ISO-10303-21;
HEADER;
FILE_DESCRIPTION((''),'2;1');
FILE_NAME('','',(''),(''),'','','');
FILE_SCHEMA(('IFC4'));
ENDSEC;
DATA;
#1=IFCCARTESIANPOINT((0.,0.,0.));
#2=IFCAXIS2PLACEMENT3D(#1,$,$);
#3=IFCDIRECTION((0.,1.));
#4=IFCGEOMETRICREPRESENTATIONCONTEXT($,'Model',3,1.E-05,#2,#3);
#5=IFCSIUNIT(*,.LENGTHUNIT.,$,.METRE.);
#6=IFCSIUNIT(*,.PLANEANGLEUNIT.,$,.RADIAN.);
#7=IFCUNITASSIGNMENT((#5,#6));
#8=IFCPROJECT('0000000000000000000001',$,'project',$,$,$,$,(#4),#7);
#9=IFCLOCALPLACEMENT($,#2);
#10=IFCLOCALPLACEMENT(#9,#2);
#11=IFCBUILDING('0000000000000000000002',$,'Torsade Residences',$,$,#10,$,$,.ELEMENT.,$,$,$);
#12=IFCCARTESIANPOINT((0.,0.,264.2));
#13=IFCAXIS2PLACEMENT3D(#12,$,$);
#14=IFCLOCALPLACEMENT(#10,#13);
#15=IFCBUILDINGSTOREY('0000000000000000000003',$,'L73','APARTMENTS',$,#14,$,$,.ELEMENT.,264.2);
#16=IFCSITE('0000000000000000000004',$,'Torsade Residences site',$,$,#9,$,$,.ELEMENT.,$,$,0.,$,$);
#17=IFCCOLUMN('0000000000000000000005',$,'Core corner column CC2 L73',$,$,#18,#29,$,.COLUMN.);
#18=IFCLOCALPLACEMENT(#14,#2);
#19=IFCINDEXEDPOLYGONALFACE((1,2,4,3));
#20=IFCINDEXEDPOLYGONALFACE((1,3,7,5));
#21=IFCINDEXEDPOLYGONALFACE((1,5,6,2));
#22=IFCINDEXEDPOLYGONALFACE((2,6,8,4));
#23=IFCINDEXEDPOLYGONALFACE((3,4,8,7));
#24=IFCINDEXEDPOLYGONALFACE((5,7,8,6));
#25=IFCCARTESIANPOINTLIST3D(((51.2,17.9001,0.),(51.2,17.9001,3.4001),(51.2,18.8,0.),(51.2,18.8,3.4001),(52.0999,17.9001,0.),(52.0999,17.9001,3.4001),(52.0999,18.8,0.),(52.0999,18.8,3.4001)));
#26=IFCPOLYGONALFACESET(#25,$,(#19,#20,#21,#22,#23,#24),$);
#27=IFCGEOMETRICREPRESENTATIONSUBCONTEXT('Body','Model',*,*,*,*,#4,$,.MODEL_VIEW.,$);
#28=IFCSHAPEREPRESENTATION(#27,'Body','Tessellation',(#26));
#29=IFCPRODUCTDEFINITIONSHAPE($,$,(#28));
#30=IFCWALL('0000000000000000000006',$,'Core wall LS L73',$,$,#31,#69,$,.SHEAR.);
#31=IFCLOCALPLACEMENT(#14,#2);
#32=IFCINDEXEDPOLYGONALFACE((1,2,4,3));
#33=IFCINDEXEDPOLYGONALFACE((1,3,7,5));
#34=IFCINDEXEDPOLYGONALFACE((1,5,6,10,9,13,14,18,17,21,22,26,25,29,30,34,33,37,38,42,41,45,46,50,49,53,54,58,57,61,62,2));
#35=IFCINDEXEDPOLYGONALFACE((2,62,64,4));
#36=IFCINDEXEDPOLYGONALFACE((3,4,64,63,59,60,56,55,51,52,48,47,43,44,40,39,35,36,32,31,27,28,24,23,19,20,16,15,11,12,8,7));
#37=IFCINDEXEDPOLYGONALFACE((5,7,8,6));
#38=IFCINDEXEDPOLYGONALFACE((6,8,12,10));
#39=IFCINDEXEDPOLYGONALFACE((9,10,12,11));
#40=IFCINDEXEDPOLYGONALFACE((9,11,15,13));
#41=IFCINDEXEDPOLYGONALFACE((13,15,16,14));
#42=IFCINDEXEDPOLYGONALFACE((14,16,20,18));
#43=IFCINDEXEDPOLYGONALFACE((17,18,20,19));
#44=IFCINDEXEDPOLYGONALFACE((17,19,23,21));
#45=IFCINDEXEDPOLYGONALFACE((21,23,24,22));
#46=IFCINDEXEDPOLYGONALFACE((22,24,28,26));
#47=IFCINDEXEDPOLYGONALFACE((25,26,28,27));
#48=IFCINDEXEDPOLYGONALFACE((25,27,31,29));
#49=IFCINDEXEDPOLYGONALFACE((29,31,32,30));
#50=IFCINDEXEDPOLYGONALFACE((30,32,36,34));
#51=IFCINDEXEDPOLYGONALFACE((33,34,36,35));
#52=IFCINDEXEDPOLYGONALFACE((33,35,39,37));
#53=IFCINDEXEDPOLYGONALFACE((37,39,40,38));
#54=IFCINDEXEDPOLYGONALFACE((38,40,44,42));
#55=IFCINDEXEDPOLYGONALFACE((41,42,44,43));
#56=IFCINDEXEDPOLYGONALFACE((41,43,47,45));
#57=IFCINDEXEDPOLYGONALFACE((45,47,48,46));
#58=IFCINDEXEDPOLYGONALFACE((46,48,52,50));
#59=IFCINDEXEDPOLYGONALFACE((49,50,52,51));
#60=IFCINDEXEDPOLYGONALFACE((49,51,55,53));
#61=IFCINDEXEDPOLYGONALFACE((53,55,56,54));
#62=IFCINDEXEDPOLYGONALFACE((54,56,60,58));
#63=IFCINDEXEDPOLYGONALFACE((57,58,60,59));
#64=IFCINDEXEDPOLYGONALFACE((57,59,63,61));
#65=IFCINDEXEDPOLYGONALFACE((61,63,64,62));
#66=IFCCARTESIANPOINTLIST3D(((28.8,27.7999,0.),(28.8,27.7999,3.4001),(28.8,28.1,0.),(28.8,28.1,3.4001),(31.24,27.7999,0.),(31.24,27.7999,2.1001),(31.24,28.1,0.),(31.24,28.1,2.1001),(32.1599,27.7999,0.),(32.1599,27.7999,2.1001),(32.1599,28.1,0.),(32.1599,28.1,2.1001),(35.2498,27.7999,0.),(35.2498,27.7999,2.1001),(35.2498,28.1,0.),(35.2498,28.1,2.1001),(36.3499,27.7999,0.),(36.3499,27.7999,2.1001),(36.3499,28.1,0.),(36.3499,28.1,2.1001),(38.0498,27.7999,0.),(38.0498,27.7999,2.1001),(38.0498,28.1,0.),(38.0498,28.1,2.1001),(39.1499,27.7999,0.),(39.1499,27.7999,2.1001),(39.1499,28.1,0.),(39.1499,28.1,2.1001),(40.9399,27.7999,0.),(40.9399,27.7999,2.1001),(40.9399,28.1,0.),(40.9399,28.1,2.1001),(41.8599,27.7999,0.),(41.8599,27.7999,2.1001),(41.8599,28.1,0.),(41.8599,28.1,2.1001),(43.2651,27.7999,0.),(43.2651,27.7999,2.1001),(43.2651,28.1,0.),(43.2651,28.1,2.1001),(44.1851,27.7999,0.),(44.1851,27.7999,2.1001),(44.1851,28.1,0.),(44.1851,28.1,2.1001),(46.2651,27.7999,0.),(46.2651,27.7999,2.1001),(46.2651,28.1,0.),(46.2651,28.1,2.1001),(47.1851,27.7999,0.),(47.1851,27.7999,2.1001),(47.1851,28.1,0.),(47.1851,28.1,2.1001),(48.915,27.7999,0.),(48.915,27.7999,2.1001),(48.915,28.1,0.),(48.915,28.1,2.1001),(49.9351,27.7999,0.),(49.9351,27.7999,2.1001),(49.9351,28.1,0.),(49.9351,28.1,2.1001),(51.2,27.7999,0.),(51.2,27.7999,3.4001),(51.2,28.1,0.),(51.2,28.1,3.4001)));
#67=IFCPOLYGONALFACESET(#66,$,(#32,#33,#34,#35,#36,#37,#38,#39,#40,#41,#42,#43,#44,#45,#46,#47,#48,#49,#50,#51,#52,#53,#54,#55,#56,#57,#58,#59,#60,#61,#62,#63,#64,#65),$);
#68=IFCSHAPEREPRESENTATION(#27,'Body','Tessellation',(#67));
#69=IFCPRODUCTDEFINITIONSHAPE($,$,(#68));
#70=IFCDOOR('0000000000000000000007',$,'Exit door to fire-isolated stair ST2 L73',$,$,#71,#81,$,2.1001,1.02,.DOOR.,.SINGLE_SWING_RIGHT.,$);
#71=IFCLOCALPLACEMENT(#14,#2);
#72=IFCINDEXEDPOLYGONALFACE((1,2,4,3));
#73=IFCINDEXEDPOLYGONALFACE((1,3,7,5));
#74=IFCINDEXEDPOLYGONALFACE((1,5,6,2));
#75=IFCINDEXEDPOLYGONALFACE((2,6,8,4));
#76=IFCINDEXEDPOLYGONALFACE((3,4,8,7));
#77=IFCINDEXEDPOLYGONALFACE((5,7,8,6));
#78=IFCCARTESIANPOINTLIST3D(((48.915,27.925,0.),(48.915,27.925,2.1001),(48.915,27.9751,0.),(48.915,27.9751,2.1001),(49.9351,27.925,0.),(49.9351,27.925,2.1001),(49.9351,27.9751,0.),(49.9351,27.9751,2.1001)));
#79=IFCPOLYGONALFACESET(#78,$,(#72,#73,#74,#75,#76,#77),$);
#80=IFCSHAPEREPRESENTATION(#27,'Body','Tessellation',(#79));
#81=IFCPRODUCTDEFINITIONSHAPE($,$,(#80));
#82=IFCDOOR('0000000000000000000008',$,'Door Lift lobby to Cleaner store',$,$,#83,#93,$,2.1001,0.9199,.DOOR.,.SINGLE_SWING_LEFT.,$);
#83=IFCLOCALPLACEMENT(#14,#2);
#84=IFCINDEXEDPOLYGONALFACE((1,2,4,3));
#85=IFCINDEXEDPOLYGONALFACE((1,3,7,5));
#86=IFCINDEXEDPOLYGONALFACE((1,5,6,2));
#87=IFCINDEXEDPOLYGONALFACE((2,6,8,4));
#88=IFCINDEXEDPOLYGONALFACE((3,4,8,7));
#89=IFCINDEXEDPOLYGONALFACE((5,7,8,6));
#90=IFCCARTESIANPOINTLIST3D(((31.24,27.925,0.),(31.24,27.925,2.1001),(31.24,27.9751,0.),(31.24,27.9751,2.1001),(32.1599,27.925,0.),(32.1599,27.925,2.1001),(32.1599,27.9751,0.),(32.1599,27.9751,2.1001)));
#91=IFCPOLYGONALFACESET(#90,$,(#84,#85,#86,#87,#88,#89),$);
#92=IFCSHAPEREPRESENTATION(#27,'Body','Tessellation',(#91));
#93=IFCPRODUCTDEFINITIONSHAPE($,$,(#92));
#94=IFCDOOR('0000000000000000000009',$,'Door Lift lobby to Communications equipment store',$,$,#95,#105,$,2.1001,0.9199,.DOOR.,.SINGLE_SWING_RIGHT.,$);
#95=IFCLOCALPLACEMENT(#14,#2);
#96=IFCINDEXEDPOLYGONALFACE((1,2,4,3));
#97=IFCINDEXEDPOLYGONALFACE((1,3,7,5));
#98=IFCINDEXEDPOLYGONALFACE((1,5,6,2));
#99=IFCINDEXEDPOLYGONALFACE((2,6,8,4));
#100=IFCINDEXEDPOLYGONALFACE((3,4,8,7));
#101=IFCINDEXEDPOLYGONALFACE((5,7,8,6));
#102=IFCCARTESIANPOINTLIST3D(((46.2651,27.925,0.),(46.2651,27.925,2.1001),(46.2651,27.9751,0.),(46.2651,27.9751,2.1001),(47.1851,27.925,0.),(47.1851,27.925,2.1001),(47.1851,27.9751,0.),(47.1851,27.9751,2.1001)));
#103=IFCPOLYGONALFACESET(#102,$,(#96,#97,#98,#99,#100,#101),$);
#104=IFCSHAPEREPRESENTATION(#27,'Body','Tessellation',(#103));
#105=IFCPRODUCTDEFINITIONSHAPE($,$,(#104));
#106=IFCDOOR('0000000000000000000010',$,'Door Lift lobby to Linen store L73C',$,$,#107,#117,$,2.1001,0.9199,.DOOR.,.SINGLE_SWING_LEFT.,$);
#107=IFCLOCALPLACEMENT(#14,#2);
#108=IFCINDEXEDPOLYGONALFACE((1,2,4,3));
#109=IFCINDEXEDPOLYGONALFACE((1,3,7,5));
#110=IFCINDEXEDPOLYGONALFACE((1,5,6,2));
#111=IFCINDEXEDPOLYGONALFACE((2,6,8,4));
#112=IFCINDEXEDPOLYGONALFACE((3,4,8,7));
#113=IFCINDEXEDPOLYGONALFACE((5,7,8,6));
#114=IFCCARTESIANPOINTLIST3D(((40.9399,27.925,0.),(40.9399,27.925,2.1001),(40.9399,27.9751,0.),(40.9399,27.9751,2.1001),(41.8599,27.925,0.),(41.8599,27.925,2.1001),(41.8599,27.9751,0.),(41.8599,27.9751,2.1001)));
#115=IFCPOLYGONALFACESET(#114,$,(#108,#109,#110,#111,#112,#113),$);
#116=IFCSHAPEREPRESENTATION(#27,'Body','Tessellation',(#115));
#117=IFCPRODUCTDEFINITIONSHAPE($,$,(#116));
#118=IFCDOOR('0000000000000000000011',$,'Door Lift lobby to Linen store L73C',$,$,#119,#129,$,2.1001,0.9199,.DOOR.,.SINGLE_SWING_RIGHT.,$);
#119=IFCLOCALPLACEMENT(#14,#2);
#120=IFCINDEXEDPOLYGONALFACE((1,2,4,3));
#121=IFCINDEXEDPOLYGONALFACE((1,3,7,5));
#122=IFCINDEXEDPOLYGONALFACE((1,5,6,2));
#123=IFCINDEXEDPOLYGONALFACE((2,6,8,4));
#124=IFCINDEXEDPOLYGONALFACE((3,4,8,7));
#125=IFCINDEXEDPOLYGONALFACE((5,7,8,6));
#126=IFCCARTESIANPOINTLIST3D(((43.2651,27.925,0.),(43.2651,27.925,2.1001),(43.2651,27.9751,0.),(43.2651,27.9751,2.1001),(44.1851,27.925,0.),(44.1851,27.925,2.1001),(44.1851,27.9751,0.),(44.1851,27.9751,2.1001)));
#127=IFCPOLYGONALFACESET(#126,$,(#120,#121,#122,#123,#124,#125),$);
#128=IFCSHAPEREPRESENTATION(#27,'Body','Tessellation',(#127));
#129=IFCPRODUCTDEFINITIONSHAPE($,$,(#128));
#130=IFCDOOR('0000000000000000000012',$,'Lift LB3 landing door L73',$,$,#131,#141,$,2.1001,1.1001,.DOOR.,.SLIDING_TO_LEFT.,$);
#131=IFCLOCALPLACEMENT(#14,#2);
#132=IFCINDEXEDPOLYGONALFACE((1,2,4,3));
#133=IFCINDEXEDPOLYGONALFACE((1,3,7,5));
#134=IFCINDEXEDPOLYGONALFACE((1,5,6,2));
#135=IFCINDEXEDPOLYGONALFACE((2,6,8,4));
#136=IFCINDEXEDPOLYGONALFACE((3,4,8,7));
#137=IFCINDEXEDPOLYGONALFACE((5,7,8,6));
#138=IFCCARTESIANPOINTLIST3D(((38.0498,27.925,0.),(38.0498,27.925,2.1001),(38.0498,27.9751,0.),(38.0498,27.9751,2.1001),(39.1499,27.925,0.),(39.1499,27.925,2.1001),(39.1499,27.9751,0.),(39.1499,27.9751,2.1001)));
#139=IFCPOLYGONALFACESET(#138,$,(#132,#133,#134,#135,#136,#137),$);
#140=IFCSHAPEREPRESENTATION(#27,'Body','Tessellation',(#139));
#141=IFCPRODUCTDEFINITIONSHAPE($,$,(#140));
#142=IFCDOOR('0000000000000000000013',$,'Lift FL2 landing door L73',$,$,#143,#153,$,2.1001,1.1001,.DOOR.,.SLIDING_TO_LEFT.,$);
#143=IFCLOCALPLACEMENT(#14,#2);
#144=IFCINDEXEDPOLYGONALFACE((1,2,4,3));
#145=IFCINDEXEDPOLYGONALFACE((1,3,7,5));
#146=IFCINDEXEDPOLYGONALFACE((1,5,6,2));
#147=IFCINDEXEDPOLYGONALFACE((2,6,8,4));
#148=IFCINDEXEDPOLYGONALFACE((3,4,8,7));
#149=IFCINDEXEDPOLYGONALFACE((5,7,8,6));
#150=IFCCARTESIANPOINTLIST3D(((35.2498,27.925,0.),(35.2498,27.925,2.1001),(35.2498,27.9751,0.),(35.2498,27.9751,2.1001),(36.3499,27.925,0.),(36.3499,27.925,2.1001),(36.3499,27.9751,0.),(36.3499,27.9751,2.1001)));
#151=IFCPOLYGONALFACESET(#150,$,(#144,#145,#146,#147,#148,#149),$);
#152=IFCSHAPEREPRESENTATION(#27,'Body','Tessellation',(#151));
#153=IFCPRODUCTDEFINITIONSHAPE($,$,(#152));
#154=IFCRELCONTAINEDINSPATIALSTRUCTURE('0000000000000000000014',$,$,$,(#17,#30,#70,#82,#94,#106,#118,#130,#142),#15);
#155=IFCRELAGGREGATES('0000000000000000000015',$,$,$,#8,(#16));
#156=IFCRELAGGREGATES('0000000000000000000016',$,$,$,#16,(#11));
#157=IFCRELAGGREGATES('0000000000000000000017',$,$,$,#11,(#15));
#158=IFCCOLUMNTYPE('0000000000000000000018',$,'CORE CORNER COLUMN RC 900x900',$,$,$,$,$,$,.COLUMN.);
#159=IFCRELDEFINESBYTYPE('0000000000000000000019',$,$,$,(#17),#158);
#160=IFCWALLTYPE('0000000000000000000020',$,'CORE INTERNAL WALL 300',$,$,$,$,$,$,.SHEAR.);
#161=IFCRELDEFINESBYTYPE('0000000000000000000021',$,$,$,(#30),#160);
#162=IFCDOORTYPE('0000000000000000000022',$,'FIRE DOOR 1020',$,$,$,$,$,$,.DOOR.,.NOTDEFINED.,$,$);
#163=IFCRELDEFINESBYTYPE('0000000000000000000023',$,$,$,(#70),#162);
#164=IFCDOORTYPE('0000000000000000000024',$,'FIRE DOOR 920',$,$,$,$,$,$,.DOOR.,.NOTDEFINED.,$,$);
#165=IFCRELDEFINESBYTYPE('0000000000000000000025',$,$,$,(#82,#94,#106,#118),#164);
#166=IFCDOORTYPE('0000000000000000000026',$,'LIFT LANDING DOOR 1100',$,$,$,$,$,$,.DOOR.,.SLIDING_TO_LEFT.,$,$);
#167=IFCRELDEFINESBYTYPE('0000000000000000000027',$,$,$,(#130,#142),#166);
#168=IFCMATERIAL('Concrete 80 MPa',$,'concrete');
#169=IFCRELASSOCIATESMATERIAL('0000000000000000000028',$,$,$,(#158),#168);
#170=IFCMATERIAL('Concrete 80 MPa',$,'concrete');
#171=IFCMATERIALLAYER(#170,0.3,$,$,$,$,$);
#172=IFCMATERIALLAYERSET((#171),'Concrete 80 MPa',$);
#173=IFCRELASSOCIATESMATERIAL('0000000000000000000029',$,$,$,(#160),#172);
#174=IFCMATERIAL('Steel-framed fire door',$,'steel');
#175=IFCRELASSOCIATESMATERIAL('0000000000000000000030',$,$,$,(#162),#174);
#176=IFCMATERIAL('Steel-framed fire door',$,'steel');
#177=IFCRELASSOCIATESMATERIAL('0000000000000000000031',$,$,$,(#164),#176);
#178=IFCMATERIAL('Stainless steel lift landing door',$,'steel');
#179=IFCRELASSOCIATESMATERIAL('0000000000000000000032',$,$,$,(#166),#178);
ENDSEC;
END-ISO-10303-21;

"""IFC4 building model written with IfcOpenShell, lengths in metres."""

from ifc_helpers import new_model, si_unit, direction, frame, frame_2d, origin, origin_2d, place, context, subcontext, project, spatial, rectangle, extrude, material, layer, layer_set, material_profile, profile_set, type_object, element, fill, save


model = new_model("IFC4")

# Units and contexts
model_context = context("Model", 3, precision=1e-05, world=origin(), true_north=direction((0.0, 1.0)))
body_context = subcontext(model_context, "Body", "Model", "MODEL_VIEW")
ifc_project = project(units=[si_unit("LENGTHUNIT", "METRE"), si_unit("PLANEANGLEUNIT", "RADIAN")], contexts=[model_context])

# Site, building, storey
site_placement = place(None, origin())
site = spatial("IfcSite", under=ifc_project, at=site_placement, Name="Torsade Residences site", CompositionType="ELEMENT", RefElevation=0.0)
building_placement = place(site_placement, origin())
building = spatial("IfcBuilding", under=site, at=building_placement, Name="Torsade Residences", CompositionType="ELEMENT")
storey_placement = place(building_placement, frame((0.0, 0.0, 264.2)))
storey = spatial("IfcBuildingStorey", under=building, at=storey_placement, Name="L73", Description="APARTMENTS", CompositionType="ELEMENT", Elevation=264.2)

# Column
ifc_material_1 = material(Name="Concrete 80 MPa", Category="concrete")
ifc_material_profile = material_profile(ifc_material_1, rectangle(XDim=0.8999, YDim=0.8999, at=origin_2d()), Name="RC 900x900")
ifc_profile_set = profile_set([ifc_material_profile], Name="Concrete 80 MPa")
column_type = type_object("IfcColumnType", Name="CORE CORNER COLUMN RC 900x900", PredefinedType="COLUMN", material=ifc_profile_set)
column_placement = place(storey_placement, frame((51.6499, 18.3501, 0.0), z_axis=(0.0, 0.0, 1.0), x_axis=(1.0, 0.0, 0.0)))
element("IfcColumn", 1, at=column_placement, inside=storey, type_object=column_type, Name="Core corner column CC2 L73", PredefinedType="COLUMN", context=body_context, shape_type="SweptSolid", body=[
    extrude(rectangle(XDim=0.8999, YDim=0.8999, at=origin_2d()), origin(), (0.0, 0.0, 1.0), 3.4001),
])

# Wall, openings, doors
ifc_material_2 = material(Name="Concrete 80 MPa", Category="concrete")
ifc_layer_1 = layer(ifc_material_2, 0.3)
ifc_layer_set_1 = layer_set([ifc_layer_1], Name="Concrete 80 MPa")
wall_type_1 = type_object("IfcWallType", Name="CORE INTERNAL WALL 300", PredefinedType="SHEAR", material=ifc_layer_set_1)
wall_1_placement = place(storey_placement, frame((51.2, 27.95, 0.0), z_axis=(0.0, 0.0, 1.0), x_axis=(-1.0, 0.0, 0.0)))
wall_1 = element("IfcWall", 2, at=wall_1_placement, inside=storey, type_object=wall_type_1, Name="Core wall LS L73", PredefinedType="SHEAR", context=body_context, shape_type="SweptSolid", body=[
    extrude(rectangle(XDim=22.3999, YDim=0.3, at=frame_2d((11.2, 0.0))), origin(), (0.0, 0.0, 1.0), 3.4001),
])
opening_1_placement = place(wall_1_placement, frame((19.04, 0.0, 0.0)))
opening_1 = element("IfcOpeningElement", 3, at=opening_1_placement, cuts=wall_1, PredefinedType="OPENING", context=body_context, shape_type="SweptSolid", body=[
    extrude(rectangle(XDim=0.9199, YDim=2.1001, at=frame_2d((0.46, 1.05))), frame((0.0, 0.1599, 0.0), z_axis=(0.0, -1.0, 0.0), x_axis=(1.0, 0.0, 0.0)), (0.0, 0.0, 1.0), 0.3201),
])
opening_2_placement = place(wall_1_placement, frame((1.2649, 0.0, 0.0)))
opening_2 = element("IfcOpeningElement", 4, at=opening_2_placement, cuts=wall_1, PredefinedType="OPENING", context=body_context, shape_type="SweptSolid", body=[
    extrude(rectangle(XDim=1.02, YDim=2.1001, at=frame_2d((0.51, 1.05))), frame((0.0, 0.1599, 0.0), z_axis=(0.0, -1.0, 0.0), x_axis=(1.0, 0.0, 0.0)), (0.0, 0.0, 1.0), 0.3201),
])
opening_3_placement = place(wall_1_placement, frame((4.0149, 0.0, 0.0)))
opening_3 = element("IfcOpeningElement", 5, at=opening_3_placement, cuts=wall_1, PredefinedType="OPENING", context=body_context, shape_type="SweptSolid", body=[
    extrude(rectangle(XDim=0.9199, YDim=2.1001, at=frame_2d((0.46, 1.05))), frame((0.0, 0.1599, 0.0), z_axis=(0.0, -1.0, 0.0), x_axis=(1.0, 0.0, 0.0)), (0.0, 0.0, 1.0), 0.3201),
])
opening_4_placement = place(wall_1_placement, frame((9.3401, 0.0, 0.0)))
opening_4 = element("IfcOpeningElement", 6, at=opening_4_placement, cuts=wall_1, PredefinedType="OPENING", context=body_context, shape_type="SweptSolid", body=[
    extrude(rectangle(XDim=0.9199, YDim=2.1001, at=frame_2d((0.46, 1.05))), frame((0.0, 0.1599, 0.0), z_axis=(0.0, -1.0, 0.0), x_axis=(1.0, 0.0, 0.0)), (0.0, 0.0, 1.0), 0.3201),
])
opening_5_placement = place(wall_1_placement, frame((7.0149, 0.0, 0.0)))
opening_5 = element("IfcOpeningElement", 7, at=opening_5_placement, cuts=wall_1, PredefinedType="OPENING", context=body_context, shape_type="SweptSolid", body=[
    extrude(rectangle(XDim=0.9199, YDim=2.1001, at=frame_2d((0.46, 1.05))), frame((0.0, 0.1599, 0.0), z_axis=(0.0, -1.0, 0.0), x_axis=(1.0, 0.0, 0.0)), (0.0, 0.0, 1.0), 0.3201),
])
opening_6_placement = place(wall_1_placement, frame((12.05, 0.0, 0.0)))
opening_6 = element("IfcOpeningElement", 8, at=opening_6_placement, cuts=wall_1, PredefinedType="OPENING", context=body_context, shape_type="SweptSolid", body=[
    extrude(rectangle(XDim=1.1001, YDim=2.1001, at=frame_2d((0.55, 1.05))), frame((0.0, 0.1599, 0.0), z_axis=(0.0, -1.0, 0.0), x_axis=(1.0, 0.0, 0.0)), (0.0, 0.0, 1.0), 0.3201),
])
opening_7_placement = place(wall_1_placement, frame((14.8501, 0.0, 0.0)))
opening_7 = element("IfcOpeningElement", 9, at=opening_7_placement, cuts=wall_1, PredefinedType="OPENING", context=body_context, shape_type="SweptSolid", body=[
    extrude(rectangle(XDim=1.1001, YDim=2.1001, at=frame_2d((0.55, 1.05))), frame((0.0, 0.1599, 0.0), z_axis=(0.0, -1.0, 0.0), x_axis=(1.0, 0.0, 0.0)), (0.0, 0.0, 1.0), 0.3201),
])
ifc_material_3 = material(Name="Steel-framed fire door", Category="steel")
door_type_1 = type_object("IfcDoorType", Name="FIRE DOOR 1020", OperationType="NOTDEFINED", PredefinedType="DOOR", material=ifc_material_3)
door_1_placement = place(opening_2_placement, origin())
door_1 = element("IfcDoor", 10, at=door_1_placement, inside=storey, type_object=door_type_1, Name="Exit door to fire-isolated stair ST2 L73", OperationType="SINGLE_SWING_RIGHT", OverallHeight=2.1001, OverallWidth=1.02, PredefinedType="DOOR", context=body_context, shape_type="SweptSolid", body=[
    extrude(rectangle(XDim=1.02, YDim=2.1001, at=frame_2d((0.51, 1.05))), frame((0.0, 0.0249, 0.0), z_axis=(0.0, -1.0, 0.0), x_axis=(1.0, 0.0, 0.0)), (0.0, 0.0, 1.0), 0.05),
])
fill(opening_2, door_1)
ifc_material_4 = material(Name="Steel-framed fire door", Category="steel")
door_type_2 = type_object("IfcDoorType", Name="FIRE DOOR 920", OperationType="NOTDEFINED", PredefinedType="DOOR", material=ifc_material_4)
door_2_placement = place(opening_1_placement, origin())
door_2 = element("IfcDoor", 11, at=door_2_placement, inside=storey, type_object=door_type_2, Name="Door Lift lobby to Cleaner store", OperationType="SINGLE_SWING_LEFT", OverallHeight=2.1001, OverallWidth=0.9199, PredefinedType="DOOR", context=body_context, shape_type="SweptSolid", body=[
    extrude(rectangle(XDim=0.9199, YDim=2.1001, at=frame_2d((0.46, 1.05))), frame((0.0, 0.0249, 0.0), z_axis=(0.0, -1.0, 0.0), x_axis=(1.0, 0.0, 0.0)), (0.0, 0.0, 1.0), 0.05),
])
fill(opening_1, door_2)
door_3_placement = place(opening_3_placement, origin())
door_3 = element("IfcDoor", 12, at=door_3_placement, inside=storey, type_object=door_type_2, Name="Door Lift lobby to Communications equipment store", OperationType="SINGLE_SWING_RIGHT", OverallHeight=2.1001, OverallWidth=0.9199, PredefinedType="DOOR", context=body_context, shape_type="SweptSolid", body=[
    extrude(rectangle(XDim=0.9199, YDim=2.1001, at=frame_2d((0.46, 1.05))), frame((0.0, 0.0249, 0.0), z_axis=(0.0, -1.0, 0.0), x_axis=(1.0, 0.0, 0.0)), (0.0, 0.0, 1.0), 0.05),
])
fill(opening_3, door_3)
door_4_placement = place(opening_4_placement, origin())
door_4 = element("IfcDoor", 13, at=door_4_placement, inside=storey, type_object=door_type_2, Name="Door Lift lobby to Linen store L73C", OperationType="SINGLE_SWING_LEFT", OverallHeight=2.1001, OverallWidth=0.9199, PredefinedType="DOOR", context=body_context, shape_type="SweptSolid", body=[
    extrude(rectangle(XDim=0.9199, YDim=2.1001, at=frame_2d((0.46, 1.05))), frame((0.0, 0.0249, 0.0), z_axis=(0.0, -1.0, 0.0), x_axis=(1.0, 0.0, 0.0)), (0.0, 0.0, 1.0), 0.05),
])
fill(opening_4, door_4)
door_5_placement = place(opening_5_placement, origin())
door_5 = element("IfcDoor", 14, at=door_5_placement, inside=storey, type_object=door_type_2, Name="Door Lift lobby to Linen store L73C", OperationType="SINGLE_SWING_RIGHT", OverallHeight=2.1001, OverallWidth=0.9199, PredefinedType="DOOR", context=body_context, shape_type="SweptSolid", body=[
    extrude(rectangle(XDim=0.9199, YDim=2.1001, at=frame_2d((0.46, 1.05))), frame((0.0, 0.0249, 0.0), z_axis=(0.0, -1.0, 0.0), x_axis=(1.0, 0.0, 0.0)), (0.0, 0.0, 1.0), 0.05),
])
fill(opening_5, door_5)
ifc_material_5 = material(Name="Stainless steel lift landing door", Category="steel")
door_type_3 = type_object("IfcDoorType", Name="LIFT LANDING DOOR 1100", OperationType="SLIDING_TO_LEFT", PredefinedType="DOOR", material=ifc_material_5)
door_6_placement = place(opening_6_placement, origin())
door_6 = element("IfcDoor", 15, at=door_6_placement, inside=storey, type_object=door_type_3, Name="Lift LB3 landing door L73", OperationType="SLIDING_TO_LEFT", OverallHeight=2.1001, OverallWidth=1.1001, PredefinedType="DOOR", context=body_context, shape_type="SweptSolid", body=[
    extrude(rectangle(XDim=1.1001, YDim=2.1001, at=frame_2d((0.55, 1.05))), frame((0.0, 0.0249, 0.0), z_axis=(0.0, -1.0, 0.0), x_axis=(1.0, 0.0, 0.0)), (0.0, 0.0, 1.0), 0.05),
])
fill(opening_6, door_6)
door_7_placement = place(opening_7_placement, origin())
door_7 = element("IfcDoor", 16, at=door_7_placement, inside=storey, type_object=door_type_3, Name="Lift FL2 landing door L73", OperationType="SLIDING_TO_LEFT", OverallHeight=2.1001, OverallWidth=1.1001, PredefinedType="DOOR", context=body_context, shape_type="SweptSolid", body=[
    extrude(rectangle(XDim=1.1001, YDim=2.1001, at=frame_2d((0.55, 1.05))), frame((0.0, 0.0249, 0.0), z_axis=(0.0, -1.0, 0.0), x_axis=(1.0, 0.0, 0.0)), (0.0, 0.0, 1.0), 0.05),
])
fill(opening_7, door_7)

save(model, "model.ifc")
